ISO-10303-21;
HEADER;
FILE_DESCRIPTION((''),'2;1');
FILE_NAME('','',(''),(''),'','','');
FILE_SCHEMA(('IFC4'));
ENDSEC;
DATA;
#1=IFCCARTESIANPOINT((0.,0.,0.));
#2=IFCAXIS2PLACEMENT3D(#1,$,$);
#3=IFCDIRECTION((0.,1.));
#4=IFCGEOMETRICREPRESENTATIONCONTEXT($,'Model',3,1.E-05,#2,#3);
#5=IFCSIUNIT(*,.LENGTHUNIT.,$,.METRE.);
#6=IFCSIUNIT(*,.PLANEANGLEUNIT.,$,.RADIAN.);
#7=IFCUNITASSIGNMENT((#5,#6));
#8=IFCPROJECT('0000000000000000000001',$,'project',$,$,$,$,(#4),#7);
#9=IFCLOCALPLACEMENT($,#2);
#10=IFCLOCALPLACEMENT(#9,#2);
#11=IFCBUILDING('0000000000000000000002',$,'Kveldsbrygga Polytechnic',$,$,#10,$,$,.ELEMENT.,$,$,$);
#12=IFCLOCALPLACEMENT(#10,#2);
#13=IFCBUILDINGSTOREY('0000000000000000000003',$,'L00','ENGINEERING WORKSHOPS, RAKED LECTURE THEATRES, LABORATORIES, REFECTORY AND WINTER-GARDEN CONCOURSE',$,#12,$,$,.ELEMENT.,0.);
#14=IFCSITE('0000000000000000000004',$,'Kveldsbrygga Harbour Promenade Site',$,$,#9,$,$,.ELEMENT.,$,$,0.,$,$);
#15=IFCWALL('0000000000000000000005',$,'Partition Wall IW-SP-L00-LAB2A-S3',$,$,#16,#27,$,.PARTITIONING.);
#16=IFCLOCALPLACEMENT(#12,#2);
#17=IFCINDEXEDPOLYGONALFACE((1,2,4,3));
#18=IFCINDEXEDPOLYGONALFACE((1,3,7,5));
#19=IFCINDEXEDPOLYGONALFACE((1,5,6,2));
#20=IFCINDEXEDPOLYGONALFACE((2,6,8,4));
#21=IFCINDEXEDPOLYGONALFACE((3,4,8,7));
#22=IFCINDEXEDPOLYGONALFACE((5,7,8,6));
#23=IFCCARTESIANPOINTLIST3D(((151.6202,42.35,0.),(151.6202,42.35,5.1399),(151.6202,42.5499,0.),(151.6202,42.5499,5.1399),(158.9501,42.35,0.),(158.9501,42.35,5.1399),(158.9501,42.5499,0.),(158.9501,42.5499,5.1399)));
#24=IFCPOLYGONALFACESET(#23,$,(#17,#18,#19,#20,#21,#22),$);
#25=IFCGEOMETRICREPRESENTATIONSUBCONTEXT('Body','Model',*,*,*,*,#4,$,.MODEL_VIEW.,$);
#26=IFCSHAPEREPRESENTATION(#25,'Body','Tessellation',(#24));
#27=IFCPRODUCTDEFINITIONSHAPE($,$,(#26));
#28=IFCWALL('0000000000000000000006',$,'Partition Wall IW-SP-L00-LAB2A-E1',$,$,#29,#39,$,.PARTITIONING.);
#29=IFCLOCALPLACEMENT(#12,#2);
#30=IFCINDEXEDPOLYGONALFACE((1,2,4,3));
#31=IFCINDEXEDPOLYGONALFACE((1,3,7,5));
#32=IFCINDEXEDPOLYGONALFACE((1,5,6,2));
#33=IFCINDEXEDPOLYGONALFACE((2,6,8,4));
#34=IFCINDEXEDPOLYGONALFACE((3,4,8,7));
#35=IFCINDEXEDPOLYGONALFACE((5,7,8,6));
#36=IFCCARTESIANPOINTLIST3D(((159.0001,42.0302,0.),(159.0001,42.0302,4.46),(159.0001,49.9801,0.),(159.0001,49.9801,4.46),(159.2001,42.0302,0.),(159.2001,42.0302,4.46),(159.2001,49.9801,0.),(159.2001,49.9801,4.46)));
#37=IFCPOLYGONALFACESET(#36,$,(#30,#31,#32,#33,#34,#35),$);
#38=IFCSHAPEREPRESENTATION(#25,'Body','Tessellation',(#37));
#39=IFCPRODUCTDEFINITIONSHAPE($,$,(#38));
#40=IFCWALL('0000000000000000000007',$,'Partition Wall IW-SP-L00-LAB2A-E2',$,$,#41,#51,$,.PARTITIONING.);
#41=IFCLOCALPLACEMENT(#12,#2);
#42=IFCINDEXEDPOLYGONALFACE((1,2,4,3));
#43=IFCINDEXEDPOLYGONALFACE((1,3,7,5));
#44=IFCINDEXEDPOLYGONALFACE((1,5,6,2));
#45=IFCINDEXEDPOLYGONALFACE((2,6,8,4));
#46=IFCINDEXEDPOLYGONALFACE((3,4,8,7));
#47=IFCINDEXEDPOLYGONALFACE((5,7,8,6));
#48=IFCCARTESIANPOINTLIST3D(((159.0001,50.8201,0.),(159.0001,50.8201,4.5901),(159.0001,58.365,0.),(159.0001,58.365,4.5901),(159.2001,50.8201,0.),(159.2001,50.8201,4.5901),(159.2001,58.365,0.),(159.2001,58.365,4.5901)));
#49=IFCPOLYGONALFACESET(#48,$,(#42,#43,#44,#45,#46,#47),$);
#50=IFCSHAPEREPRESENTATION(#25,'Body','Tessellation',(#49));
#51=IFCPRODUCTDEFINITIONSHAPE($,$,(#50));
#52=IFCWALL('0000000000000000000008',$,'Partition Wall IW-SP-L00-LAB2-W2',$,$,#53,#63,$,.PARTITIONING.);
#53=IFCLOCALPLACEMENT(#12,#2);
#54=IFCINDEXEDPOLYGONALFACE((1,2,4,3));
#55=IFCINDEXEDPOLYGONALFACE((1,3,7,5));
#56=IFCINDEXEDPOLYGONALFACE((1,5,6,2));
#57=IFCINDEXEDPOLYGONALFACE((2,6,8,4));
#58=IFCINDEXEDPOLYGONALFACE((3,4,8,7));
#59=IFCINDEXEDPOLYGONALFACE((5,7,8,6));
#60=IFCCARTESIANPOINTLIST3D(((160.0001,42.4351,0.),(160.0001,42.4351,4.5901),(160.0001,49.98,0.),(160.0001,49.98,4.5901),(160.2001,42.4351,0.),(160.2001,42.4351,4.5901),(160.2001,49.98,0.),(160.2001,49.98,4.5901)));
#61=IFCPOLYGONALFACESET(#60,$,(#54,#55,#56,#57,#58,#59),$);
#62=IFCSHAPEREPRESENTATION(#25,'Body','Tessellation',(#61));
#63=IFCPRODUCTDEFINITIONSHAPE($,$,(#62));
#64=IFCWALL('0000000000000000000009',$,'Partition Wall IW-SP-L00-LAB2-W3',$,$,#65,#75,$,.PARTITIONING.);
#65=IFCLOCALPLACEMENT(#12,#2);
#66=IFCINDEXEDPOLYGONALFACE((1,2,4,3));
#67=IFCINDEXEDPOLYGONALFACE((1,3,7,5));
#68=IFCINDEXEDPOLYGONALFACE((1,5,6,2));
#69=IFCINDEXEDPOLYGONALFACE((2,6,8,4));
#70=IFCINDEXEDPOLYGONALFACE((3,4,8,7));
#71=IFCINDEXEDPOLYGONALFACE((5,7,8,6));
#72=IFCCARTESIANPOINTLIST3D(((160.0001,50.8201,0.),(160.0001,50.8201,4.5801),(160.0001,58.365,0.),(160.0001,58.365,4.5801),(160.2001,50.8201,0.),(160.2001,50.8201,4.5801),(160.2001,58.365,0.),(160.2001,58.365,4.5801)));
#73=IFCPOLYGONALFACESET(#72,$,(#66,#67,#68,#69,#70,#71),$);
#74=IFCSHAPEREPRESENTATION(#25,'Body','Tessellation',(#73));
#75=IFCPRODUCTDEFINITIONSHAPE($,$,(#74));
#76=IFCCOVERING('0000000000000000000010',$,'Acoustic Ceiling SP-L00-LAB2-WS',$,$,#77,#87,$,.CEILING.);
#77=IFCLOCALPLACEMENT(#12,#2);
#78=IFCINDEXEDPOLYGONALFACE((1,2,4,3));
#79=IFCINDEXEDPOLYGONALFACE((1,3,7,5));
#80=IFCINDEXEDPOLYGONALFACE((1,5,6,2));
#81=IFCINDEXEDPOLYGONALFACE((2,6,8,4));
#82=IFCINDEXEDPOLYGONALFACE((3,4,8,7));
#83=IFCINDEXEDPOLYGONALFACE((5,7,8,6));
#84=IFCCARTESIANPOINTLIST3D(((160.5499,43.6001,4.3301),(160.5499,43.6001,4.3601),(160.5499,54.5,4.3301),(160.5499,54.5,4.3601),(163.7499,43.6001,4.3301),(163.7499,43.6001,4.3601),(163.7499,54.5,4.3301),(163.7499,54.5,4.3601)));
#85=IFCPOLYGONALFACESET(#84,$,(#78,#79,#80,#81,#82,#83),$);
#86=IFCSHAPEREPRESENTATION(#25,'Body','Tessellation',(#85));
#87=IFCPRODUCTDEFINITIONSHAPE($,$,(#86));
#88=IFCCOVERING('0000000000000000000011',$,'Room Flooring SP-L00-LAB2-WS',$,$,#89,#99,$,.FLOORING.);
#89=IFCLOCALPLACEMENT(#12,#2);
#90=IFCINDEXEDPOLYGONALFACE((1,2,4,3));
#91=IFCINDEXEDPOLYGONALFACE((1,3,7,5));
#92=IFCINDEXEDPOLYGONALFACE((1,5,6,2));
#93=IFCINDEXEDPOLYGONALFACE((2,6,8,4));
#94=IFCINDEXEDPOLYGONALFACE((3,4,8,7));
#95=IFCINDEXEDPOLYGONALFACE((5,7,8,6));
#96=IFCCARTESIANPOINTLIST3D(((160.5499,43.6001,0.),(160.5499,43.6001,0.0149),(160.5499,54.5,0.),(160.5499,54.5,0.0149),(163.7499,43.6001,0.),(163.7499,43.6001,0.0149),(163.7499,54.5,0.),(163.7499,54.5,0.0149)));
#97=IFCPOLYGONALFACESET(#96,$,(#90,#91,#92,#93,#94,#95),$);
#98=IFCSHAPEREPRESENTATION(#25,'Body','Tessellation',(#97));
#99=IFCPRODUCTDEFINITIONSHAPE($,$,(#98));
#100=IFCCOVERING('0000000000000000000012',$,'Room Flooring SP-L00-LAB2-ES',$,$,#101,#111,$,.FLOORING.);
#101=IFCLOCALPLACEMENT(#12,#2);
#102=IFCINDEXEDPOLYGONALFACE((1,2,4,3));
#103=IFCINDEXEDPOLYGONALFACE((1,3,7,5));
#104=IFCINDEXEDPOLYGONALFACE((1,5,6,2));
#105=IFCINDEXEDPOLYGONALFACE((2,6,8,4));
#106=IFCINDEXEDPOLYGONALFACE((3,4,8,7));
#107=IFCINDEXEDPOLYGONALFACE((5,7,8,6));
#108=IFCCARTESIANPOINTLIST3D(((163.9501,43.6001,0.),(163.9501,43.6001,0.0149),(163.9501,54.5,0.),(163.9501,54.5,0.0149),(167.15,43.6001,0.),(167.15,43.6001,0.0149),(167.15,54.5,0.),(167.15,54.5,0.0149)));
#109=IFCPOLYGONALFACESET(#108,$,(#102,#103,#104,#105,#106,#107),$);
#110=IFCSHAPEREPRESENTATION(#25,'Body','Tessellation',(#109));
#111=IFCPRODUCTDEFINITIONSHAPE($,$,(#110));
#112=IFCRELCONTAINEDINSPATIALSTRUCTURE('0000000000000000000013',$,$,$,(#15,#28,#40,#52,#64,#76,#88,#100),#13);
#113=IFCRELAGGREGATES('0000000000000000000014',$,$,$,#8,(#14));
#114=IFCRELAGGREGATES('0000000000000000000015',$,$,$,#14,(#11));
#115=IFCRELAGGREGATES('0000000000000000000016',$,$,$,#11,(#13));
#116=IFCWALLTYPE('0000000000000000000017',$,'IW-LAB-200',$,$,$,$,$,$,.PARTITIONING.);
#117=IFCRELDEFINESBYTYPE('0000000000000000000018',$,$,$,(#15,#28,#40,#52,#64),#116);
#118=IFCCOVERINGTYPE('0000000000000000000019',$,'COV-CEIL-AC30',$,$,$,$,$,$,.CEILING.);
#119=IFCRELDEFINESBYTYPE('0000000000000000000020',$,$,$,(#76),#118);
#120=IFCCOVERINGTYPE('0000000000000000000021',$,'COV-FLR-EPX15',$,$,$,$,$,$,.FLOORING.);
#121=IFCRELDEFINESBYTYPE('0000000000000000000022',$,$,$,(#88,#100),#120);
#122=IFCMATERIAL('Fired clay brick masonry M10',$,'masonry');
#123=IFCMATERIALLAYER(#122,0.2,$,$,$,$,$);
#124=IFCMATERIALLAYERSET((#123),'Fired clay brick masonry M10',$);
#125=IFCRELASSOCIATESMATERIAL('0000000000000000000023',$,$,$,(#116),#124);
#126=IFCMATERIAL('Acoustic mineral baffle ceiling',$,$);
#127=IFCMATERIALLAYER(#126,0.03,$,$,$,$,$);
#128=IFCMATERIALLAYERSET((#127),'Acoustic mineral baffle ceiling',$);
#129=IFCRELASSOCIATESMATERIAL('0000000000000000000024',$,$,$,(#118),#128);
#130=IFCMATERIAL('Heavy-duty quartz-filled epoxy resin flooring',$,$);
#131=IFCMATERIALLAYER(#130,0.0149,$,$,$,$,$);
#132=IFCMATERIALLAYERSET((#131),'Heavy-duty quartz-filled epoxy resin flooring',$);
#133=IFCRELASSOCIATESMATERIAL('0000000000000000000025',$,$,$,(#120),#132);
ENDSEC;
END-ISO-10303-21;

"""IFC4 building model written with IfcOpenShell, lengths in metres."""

from ifc_helpers import new_model, si_unit, direction, frame, frame_2d, origin, origin_2d, place, context, subcontext, project, spatial, rectangle, extrude, material, layer, layer_set, type_object, element, save


model = new_model("IFC4")

# Units and contexts
model_context = context("Model", 3, precision=1e-05, world=origin(), true_north=direction((0.0, 1.0)))
body_context = subcontext(model_context, "Body", "Model", "MODEL_VIEW")
ifc_project = project(units=[si_unit("LENGTHUNIT", "METRE"), si_unit("PLANEANGLEUNIT", "RADIAN")], contexts=[model_context])

# Site, building, storey
site_placement = place(None, origin())
site = spatial("IfcSite", under=ifc_project, at=site_placement, Name="Kveldsbrygga Harbour Promenade Site", CompositionType="ELEMENT", RefElevation=0.0)
building_placement = place(site_placement, origin())
building = spatial("IfcBuilding", under=site, at=building_placement, Name="Kveldsbrygga Polytechnic", CompositionType="ELEMENT")
storey_placement = place(building_placement, origin())
storey = spatial("IfcBuildingStorey", under=building, at=storey_placement, Name="L00", Description="ENGINEERING WORKSHOPS, RAKED LECTURE THEATRES, LABORATORIES, REFECTORY AND WINTER-GARDEN CONCOURSE", CompositionType="ELEMENT", Elevation=0.0)

# Walls
ifc_material_1 = material(Name="Fired clay brick masonry M10", Category="masonry")
ifc_layer_1 = layer(ifc_material_1, 0.2)
ifc_layer_set_1 = layer_set([ifc_layer_1], Name="Fired clay brick masonry M10")
wall_type = type_object("IfcWallType", Name="IW-LAB-200", PredefinedType="PARTITIONING", material=ifc_layer_set_1)
wall_1_placement = place(storey_placement, frame((151.6201, 42.45, 0.0), z_axis=(0.0, 0.0, 1.0), x_axis=(1.0, 0.0, 0.0)))
element("IfcWall", 1, at=wall_1_placement, inside=storey, type_object=wall_type, Name="Partition Wall IW-SP-L00-LAB2A-S3", PredefinedType="PARTITIONING", context=body_context, shape_type="SweptSolid", body=[
    extrude(rectangle(XDim=7.3298, YDim=0.2, at=frame_2d((3.665, 0.0))), origin(), (0.0, 0.0, 1.0), 5.1399),
])
wall_2_placement = place(storey_placement, frame((159.1001, 42.03, 0.0), z_axis=(0.0, 0.0, 1.0), x_axis=(0.0, 1.0, 0.0)))
element("IfcWall", 2, at=wall_2_placement, inside=storey, type_object=wall_type, Name="Partition Wall IW-SP-L00-LAB2A-E1", PredefinedType="PARTITIONING", context=body_context, shape_type="SweptSolid", body=[
    extrude(rectangle(XDim=7.95, YDim=0.2, at=frame_2d((3.9751, 0.0))), origin(), (0.0, 0.0, 1.0), 4.46),
])
for number, where, z_axis, x_axis, name in (
    (3, (159.1001, 50.8201, 0.0), (0.0, 0.0, 1.0), (0.0, 1.0, 0.0), "Partition Wall IW-SP-L00-LAB2A-E2"),
    (4, (160.1001, 42.4351, 0.0), (0.0, 0.0, 1.0), (0.0, 1.0, 0.0), "Partition Wall IW-SP-L00-LAB2-W2"),
):
    element("IfcWall", number, at=place(storey_placement, frame(where, z_axis=z_axis, x_axis=x_axis)), inside=storey, type_object=wall_type, Name=name, PredefinedType="PARTITIONING", context=body_context, shape_type="SweptSolid", body=[
        extrude(rectangle(XDim=7.5449, YDim=0.2, at=frame_2d((3.7725, 0.0))), origin(), (0.0, 0.0, 1.0), 4.5901),
    ])
wall_3_placement = place(storey_placement, frame((160.1001, 50.8201, 0.0), z_axis=(0.0, 0.0, 1.0), x_axis=(0.0, 1.0, 0.0)))
element("IfcWall", 5, at=wall_3_placement, inside=storey, type_object=wall_type, Name="Partition Wall IW-SP-L00-LAB2-W3", PredefinedType="PARTITIONING", context=body_context, shape_type="SweptSolid", body=[
    extrude(rectangle(XDim=7.5449, YDim=0.2, at=frame_2d((3.7725, 0.0))), origin(), (0.0, 0.0, 1.0), 4.5801),
])

# Coverings
ifc_material_2 = material(Name="Acoustic mineral baffle ceiling")
ifc_layer_2 = layer(ifc_material_2, 0.03)
ifc_layer_set_2 = layer_set([ifc_layer_2], Name="Acoustic mineral baffle ceiling")
covering_type_1 = type_object("IfcCoveringType", Name="COV-CEIL-AC30", PredefinedType="CEILING", material=ifc_layer_set_2)
covering_placement = place(storey_placement, frame((162.1499, 49.05, 4.3301), z_axis=(0.0, 0.0, 1.0), x_axis=(1.0, 0.0, 0.0)))
element("IfcCovering", 6, at=covering_placement, inside=storey, type_object=covering_type_1, Name="Acoustic Ceiling SP-L00-LAB2-WS", PredefinedType="CEILING", context=body_context, shape_type="SweptSolid", body=[
    extrude(rectangle(XDim=3.2, YDim=10.8999, at=origin_2d()), origin(), (0.0, 0.0, 1.0), 0.03),
])
ifc_material_3 = material(Name="Heavy-duty quartz-filled epoxy resin flooring")
ifc_layer_3 = layer(ifc_material_3, 0.0149)
ifc_layer_set_3 = layer_set([ifc_layer_3], Name="Heavy-duty quartz-filled epoxy resin flooring")
covering_type_2 = type_object("IfcCoveringType", Name="COV-FLR-EPX15", PredefinedType="FLOORING", material=ifc_layer_set_3)
for number, where, z_axis, x_axis, name in (
    (7, (162.1499, 49.05, 0.0), (0.0, 0.0, 1.0), (1.0, 0.0, 0.0), "Room Flooring SP-L00-LAB2-WS"),
    (8, (165.55, 49.05, 0.0), (0.0, 0.0, 1.0), (1.0, 0.0, 0.0), "Room Flooring SP-L00-LAB2-ES"),
):
    element("IfcCovering", number, at=place(storey_placement, frame(where, z_axis=z_axis, x_axis=x_axis)), inside=storey, type_object=covering_type_2, Name=name, PredefinedType="FLOORING", context=body_context, shape_type="SweptSolid", body=[
        extrude(rectangle(XDim=3.2, YDim=10.8999, at=origin_2d()), origin(), (0.0, 0.0, 1.0), 0.0149),
    ])

save(model, "model.ifc")
